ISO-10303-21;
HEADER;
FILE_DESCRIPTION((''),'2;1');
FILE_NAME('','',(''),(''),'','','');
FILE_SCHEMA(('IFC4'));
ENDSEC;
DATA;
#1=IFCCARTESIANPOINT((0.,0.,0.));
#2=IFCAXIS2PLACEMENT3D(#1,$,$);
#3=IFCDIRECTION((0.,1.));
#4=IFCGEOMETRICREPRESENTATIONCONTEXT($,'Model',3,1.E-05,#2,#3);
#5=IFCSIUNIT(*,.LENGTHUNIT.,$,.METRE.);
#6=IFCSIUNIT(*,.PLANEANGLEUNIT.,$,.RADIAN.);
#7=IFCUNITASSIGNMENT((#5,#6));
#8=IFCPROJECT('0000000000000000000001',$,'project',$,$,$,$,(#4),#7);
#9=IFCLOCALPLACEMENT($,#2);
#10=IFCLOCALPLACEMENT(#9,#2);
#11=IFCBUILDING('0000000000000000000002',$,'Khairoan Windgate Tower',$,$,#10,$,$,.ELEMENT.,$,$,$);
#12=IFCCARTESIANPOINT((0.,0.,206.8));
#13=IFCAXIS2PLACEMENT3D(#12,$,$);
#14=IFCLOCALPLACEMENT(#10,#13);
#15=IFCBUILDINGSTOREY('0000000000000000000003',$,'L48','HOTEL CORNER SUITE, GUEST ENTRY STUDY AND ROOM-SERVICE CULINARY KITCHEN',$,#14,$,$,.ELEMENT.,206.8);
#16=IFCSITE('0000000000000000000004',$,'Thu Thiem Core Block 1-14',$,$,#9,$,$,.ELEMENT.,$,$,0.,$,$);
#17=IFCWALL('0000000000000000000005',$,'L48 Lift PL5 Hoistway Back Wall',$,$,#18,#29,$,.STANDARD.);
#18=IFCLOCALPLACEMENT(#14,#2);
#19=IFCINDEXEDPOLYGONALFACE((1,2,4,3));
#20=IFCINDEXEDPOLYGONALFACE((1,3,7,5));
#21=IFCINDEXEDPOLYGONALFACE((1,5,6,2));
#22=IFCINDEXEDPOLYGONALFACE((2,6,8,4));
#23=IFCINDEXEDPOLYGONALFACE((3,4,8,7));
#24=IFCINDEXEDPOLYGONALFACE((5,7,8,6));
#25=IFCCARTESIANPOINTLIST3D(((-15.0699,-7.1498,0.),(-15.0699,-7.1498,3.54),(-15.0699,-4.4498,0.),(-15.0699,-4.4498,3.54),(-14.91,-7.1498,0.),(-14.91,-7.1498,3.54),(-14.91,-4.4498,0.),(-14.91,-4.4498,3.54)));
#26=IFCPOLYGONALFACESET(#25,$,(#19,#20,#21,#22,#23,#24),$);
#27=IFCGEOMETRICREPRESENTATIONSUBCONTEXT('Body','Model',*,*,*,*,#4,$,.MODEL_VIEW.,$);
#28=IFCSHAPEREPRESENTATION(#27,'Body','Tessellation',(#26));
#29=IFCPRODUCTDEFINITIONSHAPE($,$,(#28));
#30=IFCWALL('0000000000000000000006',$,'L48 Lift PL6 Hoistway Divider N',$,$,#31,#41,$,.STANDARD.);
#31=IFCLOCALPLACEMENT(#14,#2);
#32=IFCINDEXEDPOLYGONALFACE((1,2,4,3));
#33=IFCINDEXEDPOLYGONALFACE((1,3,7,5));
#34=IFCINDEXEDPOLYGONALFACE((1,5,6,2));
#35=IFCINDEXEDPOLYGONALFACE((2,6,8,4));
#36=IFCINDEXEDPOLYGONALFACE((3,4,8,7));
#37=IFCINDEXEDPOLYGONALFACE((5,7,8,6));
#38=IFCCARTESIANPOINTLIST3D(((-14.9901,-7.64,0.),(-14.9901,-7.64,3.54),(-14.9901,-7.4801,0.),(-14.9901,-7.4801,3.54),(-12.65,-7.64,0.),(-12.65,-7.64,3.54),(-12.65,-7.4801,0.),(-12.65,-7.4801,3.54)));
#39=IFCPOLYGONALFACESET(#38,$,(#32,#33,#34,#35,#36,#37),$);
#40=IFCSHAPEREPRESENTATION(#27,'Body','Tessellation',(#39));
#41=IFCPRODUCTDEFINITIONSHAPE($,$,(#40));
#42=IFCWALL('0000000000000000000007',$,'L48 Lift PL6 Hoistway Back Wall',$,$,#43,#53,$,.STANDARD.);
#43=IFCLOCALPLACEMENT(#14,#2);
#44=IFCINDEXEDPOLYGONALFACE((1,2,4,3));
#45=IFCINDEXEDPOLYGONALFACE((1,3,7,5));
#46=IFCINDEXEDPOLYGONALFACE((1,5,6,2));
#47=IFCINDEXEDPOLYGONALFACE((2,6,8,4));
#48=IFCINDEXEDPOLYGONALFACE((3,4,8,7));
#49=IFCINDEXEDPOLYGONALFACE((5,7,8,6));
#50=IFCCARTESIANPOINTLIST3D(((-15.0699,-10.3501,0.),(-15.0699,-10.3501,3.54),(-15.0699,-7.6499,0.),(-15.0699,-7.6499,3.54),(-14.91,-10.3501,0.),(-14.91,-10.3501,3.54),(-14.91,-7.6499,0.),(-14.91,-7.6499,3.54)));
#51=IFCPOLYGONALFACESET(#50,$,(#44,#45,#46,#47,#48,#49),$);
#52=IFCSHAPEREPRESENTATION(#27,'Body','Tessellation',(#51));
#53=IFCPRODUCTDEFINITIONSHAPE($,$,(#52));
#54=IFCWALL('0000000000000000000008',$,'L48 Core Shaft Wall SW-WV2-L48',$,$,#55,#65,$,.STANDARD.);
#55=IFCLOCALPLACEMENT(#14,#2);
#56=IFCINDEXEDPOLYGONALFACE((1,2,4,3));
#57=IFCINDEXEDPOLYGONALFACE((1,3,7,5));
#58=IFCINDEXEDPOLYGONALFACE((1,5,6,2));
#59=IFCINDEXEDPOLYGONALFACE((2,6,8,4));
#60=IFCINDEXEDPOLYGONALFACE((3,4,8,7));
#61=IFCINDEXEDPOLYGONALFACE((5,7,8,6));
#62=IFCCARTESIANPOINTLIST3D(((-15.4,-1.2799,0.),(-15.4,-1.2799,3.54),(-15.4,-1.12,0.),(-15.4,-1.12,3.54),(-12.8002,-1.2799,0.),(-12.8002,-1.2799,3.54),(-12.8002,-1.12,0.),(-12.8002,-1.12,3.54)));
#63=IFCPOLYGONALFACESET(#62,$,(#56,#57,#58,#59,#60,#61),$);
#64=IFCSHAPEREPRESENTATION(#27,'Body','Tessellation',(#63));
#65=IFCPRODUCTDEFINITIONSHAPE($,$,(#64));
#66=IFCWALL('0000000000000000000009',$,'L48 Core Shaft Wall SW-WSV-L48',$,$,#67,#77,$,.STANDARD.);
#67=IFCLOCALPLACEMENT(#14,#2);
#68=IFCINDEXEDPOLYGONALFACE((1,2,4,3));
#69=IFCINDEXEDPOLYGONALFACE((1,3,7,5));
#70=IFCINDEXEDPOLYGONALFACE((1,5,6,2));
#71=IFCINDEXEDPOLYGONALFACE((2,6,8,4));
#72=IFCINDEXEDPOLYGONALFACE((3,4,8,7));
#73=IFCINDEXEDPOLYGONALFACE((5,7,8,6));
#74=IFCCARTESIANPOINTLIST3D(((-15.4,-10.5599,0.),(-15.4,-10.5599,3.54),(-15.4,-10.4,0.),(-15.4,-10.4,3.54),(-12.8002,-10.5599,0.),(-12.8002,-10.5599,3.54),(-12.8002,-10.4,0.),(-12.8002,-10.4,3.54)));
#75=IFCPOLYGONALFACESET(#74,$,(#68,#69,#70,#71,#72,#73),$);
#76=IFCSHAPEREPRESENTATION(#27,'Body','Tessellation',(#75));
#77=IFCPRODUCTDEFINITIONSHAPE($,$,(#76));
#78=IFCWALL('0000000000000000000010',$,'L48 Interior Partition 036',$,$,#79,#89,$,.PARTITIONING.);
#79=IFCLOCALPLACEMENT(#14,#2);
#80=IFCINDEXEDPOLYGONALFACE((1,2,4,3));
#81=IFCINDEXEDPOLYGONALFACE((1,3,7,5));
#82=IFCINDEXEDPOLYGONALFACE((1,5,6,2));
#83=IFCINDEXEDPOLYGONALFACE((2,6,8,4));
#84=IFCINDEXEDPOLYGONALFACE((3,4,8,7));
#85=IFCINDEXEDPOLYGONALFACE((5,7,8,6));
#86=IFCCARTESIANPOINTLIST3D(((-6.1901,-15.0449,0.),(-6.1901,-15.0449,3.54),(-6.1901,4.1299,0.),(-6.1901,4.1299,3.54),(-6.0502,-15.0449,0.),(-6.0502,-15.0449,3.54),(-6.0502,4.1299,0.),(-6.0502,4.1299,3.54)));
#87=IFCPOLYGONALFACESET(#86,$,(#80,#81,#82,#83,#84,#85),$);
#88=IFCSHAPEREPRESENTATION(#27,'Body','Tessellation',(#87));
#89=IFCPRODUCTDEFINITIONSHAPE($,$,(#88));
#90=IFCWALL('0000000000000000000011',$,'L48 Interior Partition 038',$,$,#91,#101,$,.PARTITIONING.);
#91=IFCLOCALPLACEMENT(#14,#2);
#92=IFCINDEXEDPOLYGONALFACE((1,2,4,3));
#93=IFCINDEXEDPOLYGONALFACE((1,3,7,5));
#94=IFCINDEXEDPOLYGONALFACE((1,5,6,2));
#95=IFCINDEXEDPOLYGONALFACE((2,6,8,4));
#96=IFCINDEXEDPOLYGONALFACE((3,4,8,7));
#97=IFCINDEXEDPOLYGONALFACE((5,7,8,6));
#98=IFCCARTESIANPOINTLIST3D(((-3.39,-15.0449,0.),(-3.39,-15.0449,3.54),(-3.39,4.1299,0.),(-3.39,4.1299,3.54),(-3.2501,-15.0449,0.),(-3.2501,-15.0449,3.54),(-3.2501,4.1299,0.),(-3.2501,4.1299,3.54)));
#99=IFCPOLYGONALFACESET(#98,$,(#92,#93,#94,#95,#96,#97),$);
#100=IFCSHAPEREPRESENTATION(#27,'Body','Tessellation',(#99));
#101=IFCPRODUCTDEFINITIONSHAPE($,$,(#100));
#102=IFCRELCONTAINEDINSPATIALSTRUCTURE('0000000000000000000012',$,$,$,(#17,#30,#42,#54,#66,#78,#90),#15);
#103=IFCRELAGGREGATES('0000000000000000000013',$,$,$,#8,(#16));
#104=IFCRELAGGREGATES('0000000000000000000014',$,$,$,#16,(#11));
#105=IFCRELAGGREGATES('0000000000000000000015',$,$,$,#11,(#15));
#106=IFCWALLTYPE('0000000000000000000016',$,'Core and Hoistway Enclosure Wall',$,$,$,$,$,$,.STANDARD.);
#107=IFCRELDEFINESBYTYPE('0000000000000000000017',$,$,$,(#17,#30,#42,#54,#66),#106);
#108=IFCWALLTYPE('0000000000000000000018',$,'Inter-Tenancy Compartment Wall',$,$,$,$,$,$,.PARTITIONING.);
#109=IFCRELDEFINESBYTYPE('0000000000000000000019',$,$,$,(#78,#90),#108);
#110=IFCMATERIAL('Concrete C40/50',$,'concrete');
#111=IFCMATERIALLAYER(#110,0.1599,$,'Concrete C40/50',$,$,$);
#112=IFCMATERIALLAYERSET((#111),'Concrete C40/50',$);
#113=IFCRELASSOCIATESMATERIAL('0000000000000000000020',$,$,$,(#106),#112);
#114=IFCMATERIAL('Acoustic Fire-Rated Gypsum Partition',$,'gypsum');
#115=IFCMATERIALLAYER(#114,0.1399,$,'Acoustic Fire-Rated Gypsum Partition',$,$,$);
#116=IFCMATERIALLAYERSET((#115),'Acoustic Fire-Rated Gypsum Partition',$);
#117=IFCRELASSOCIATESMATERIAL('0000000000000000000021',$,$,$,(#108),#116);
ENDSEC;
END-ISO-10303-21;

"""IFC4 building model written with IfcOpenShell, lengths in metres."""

from ifc_helpers import new_model, si_unit, direction, frame, frame_2d, origin, place, context, subcontext, project, spatial, rectangle, extrude, material, layer, layer_set, type_object, element, save


model = new_model("IFC4")

# Units and contexts
model_context = context("Model", 3, precision=1e-05, world=origin(), true_north=direction((0.0, 1.0)))
body_context = subcontext(model_context, "Body", "Model", "MODEL_VIEW")
ifc_project = project(units=[si_unit("LENGTHUNIT", "METRE"), si_unit("PLANEANGLEUNIT", "RADIAN")], contexts=[model_context])

# Site, building, storey
site_placement = place(None, origin())
site = spatial("IfcSite", under=ifc_project, at=site_placement, Name="Thu Thiem Core Block 1-14", CompositionType="ELEMENT", RefElevation=0.0)
building_placement = place(site_placement, origin())
building = spatial("IfcBuilding", under=site, at=building_placement, Name="Khairoan Windgate Tower", CompositionType="ELEMENT")
storey_placement = place(building_placement, frame((0.0, 0.0, 206.8)))
storey = spatial("IfcBuildingStorey", under=building, at=storey_placement, Name="L48", Description="HOTEL CORNER SUITE, GUEST ENTRY STUDY AND ROOM-SERVICE CULINARY KITCHEN", CompositionType="ELEMENT", Elevation=206.8)

# Walls
ifc_material_1 = material(Name="Concrete C40/50", Category="concrete")
ifc_layer_1 = layer(ifc_material_1, 0.1599, Name="Concrete C40/50")
ifc_layer_set_1 = layer_set([ifc_layer_1], Name="Concrete C40/50")
wall_type_1 = type_object("IfcWallType", Name="Core and Hoistway Enclosure Wall", PredefinedType="STANDARD", material=ifc_layer_set_1)
wall_1_placement = place(storey_placement, frame((-14.99, -7.1499, 0.0), z_axis=(0.0, 0.0, 1.0), x_axis=(0.0, 1.0, 0.0)))
element("IfcWall", 1, at=wall_1_placement, inside=storey, type_object=wall_type_1, Name="L48 Lift PL5 Hoistway Back Wall", PredefinedType="STANDARD", context=body_context, shape_type="SweptSolid", body=[
    extrude(rectangle(XDim=2.7, YDim=0.1599, at=frame_2d((1.3501, 0.0))), origin(), (0.0, 0.0, 1.0), 3.54),
])
wall_2_placement = place(storey_placement, frame((-14.99, -7.5601, 0.0), z_axis=(0.0, 0.0, 1.0), x_axis=(1.0, 0.0, 0.0)))
element("IfcWall", 2, at=wall_2_placement, inside=storey, type_object=wall_type_1, Name="L48 Lift PL6 Hoistway Divider N", PredefinedType="STANDARD", context=body_context, shape_type="SweptSolid", body=[
    extrude(rectangle(XDim=2.3401, YDim=0.1599, at=frame_2d((1.1699, 0.0))), origin(), (0.0, 0.0, 1.0), 3.54),
])
wall_3_placement = place(storey_placement, frame((-14.99, -10.3501, 0.0), z_axis=(0.0, 0.0, 1.0), x_axis=(0.0, 1.0, 0.0)))
element("IfcWall", 3, at=wall_3_placement, inside=storey, type_object=wall_type_1, Name="L48 Lift PL6 Hoistway Back Wall", PredefinedType="STANDARD", context=body_context, shape_type="SweptSolid", body=[
    extrude(rectangle(XDim=2.7002, YDim=0.1599, at=frame_2d((1.3501, 0.0))), origin(), (0.0, 0.0, 1.0), 3.54),
])
for number, where, z_axis, x_axis, name in (
    (4, (-15.3999, -1.2, 0.0), (0.0, 0.0, 1.0), (1.0, 0.0, 0.0), "L48 Core Shaft Wall SW-WV2-L48"),
    (5, (-15.3999, -10.48, 0.0), (0.0, 0.0, 1.0), (1.0, 0.0, 0.0), "L48 Core Shaft Wall SW-WSV-L48"),
):
    element("IfcWall", number, at=place(storey_placement, frame(where, z_axis=z_axis, x_axis=x_axis)), inside=storey, type_object=wall_type_1, Name=name, PredefinedType="STANDARD", context=body_context, shape_type="SweptSolid", body=[
        extrude(rectangle(XDim=2.5999, YDim=0.1599, at=frame_2d((1.2998, 0.0))), origin(), (0.0, 0.0, 1.0), 3.54),
    ])
ifc_material_2 = material(Name="Acoustic Fire-Rated Gypsum Partition", Category="gypsum")
ifc_layer_2 = layer(ifc_material_2, 0.1399, Name="Acoustic Fire-Rated Gypsum Partition")
ifc_layer_set_2 = layer_set([ifc_layer_2], Name="Acoustic Fire-Rated Gypsum Partition")
wall_type_2 = type_object("IfcWallType", Name="Inter-Tenancy Compartment Wall", PredefinedType="PARTITIONING", material=ifc_layer_set_2)
for number, where, z_axis, x_axis, name in (
    (6, (-6.1201, -15.0449, 0.0), (0.0, 0.0, 1.0), (0.0, 1.0, 0.0), "L48 Interior Partition 036"),
    (7, (-3.3201, -15.0449, 0.0), (0.0, 0.0, 1.0), (0.0, 1.0, 0.0), "L48 Interior Partition 038"),
):
    element("IfcWall", number, at=place(storey_placement, frame(where, z_axis=z_axis, x_axis=x_axis)), inside=storey, type_object=wall_type_2, Name=name, PredefinedType="PARTITIONING", context=body_context, shape_type="SweptSolid", body=[
        extrude(rectangle(XDim=19.1748, YDim=0.1399, at=frame_2d((9.5874, 0.0))), origin(), (0.0, 0.0, 1.0), 3.54),
    ])

save(model, "model.ifc")
